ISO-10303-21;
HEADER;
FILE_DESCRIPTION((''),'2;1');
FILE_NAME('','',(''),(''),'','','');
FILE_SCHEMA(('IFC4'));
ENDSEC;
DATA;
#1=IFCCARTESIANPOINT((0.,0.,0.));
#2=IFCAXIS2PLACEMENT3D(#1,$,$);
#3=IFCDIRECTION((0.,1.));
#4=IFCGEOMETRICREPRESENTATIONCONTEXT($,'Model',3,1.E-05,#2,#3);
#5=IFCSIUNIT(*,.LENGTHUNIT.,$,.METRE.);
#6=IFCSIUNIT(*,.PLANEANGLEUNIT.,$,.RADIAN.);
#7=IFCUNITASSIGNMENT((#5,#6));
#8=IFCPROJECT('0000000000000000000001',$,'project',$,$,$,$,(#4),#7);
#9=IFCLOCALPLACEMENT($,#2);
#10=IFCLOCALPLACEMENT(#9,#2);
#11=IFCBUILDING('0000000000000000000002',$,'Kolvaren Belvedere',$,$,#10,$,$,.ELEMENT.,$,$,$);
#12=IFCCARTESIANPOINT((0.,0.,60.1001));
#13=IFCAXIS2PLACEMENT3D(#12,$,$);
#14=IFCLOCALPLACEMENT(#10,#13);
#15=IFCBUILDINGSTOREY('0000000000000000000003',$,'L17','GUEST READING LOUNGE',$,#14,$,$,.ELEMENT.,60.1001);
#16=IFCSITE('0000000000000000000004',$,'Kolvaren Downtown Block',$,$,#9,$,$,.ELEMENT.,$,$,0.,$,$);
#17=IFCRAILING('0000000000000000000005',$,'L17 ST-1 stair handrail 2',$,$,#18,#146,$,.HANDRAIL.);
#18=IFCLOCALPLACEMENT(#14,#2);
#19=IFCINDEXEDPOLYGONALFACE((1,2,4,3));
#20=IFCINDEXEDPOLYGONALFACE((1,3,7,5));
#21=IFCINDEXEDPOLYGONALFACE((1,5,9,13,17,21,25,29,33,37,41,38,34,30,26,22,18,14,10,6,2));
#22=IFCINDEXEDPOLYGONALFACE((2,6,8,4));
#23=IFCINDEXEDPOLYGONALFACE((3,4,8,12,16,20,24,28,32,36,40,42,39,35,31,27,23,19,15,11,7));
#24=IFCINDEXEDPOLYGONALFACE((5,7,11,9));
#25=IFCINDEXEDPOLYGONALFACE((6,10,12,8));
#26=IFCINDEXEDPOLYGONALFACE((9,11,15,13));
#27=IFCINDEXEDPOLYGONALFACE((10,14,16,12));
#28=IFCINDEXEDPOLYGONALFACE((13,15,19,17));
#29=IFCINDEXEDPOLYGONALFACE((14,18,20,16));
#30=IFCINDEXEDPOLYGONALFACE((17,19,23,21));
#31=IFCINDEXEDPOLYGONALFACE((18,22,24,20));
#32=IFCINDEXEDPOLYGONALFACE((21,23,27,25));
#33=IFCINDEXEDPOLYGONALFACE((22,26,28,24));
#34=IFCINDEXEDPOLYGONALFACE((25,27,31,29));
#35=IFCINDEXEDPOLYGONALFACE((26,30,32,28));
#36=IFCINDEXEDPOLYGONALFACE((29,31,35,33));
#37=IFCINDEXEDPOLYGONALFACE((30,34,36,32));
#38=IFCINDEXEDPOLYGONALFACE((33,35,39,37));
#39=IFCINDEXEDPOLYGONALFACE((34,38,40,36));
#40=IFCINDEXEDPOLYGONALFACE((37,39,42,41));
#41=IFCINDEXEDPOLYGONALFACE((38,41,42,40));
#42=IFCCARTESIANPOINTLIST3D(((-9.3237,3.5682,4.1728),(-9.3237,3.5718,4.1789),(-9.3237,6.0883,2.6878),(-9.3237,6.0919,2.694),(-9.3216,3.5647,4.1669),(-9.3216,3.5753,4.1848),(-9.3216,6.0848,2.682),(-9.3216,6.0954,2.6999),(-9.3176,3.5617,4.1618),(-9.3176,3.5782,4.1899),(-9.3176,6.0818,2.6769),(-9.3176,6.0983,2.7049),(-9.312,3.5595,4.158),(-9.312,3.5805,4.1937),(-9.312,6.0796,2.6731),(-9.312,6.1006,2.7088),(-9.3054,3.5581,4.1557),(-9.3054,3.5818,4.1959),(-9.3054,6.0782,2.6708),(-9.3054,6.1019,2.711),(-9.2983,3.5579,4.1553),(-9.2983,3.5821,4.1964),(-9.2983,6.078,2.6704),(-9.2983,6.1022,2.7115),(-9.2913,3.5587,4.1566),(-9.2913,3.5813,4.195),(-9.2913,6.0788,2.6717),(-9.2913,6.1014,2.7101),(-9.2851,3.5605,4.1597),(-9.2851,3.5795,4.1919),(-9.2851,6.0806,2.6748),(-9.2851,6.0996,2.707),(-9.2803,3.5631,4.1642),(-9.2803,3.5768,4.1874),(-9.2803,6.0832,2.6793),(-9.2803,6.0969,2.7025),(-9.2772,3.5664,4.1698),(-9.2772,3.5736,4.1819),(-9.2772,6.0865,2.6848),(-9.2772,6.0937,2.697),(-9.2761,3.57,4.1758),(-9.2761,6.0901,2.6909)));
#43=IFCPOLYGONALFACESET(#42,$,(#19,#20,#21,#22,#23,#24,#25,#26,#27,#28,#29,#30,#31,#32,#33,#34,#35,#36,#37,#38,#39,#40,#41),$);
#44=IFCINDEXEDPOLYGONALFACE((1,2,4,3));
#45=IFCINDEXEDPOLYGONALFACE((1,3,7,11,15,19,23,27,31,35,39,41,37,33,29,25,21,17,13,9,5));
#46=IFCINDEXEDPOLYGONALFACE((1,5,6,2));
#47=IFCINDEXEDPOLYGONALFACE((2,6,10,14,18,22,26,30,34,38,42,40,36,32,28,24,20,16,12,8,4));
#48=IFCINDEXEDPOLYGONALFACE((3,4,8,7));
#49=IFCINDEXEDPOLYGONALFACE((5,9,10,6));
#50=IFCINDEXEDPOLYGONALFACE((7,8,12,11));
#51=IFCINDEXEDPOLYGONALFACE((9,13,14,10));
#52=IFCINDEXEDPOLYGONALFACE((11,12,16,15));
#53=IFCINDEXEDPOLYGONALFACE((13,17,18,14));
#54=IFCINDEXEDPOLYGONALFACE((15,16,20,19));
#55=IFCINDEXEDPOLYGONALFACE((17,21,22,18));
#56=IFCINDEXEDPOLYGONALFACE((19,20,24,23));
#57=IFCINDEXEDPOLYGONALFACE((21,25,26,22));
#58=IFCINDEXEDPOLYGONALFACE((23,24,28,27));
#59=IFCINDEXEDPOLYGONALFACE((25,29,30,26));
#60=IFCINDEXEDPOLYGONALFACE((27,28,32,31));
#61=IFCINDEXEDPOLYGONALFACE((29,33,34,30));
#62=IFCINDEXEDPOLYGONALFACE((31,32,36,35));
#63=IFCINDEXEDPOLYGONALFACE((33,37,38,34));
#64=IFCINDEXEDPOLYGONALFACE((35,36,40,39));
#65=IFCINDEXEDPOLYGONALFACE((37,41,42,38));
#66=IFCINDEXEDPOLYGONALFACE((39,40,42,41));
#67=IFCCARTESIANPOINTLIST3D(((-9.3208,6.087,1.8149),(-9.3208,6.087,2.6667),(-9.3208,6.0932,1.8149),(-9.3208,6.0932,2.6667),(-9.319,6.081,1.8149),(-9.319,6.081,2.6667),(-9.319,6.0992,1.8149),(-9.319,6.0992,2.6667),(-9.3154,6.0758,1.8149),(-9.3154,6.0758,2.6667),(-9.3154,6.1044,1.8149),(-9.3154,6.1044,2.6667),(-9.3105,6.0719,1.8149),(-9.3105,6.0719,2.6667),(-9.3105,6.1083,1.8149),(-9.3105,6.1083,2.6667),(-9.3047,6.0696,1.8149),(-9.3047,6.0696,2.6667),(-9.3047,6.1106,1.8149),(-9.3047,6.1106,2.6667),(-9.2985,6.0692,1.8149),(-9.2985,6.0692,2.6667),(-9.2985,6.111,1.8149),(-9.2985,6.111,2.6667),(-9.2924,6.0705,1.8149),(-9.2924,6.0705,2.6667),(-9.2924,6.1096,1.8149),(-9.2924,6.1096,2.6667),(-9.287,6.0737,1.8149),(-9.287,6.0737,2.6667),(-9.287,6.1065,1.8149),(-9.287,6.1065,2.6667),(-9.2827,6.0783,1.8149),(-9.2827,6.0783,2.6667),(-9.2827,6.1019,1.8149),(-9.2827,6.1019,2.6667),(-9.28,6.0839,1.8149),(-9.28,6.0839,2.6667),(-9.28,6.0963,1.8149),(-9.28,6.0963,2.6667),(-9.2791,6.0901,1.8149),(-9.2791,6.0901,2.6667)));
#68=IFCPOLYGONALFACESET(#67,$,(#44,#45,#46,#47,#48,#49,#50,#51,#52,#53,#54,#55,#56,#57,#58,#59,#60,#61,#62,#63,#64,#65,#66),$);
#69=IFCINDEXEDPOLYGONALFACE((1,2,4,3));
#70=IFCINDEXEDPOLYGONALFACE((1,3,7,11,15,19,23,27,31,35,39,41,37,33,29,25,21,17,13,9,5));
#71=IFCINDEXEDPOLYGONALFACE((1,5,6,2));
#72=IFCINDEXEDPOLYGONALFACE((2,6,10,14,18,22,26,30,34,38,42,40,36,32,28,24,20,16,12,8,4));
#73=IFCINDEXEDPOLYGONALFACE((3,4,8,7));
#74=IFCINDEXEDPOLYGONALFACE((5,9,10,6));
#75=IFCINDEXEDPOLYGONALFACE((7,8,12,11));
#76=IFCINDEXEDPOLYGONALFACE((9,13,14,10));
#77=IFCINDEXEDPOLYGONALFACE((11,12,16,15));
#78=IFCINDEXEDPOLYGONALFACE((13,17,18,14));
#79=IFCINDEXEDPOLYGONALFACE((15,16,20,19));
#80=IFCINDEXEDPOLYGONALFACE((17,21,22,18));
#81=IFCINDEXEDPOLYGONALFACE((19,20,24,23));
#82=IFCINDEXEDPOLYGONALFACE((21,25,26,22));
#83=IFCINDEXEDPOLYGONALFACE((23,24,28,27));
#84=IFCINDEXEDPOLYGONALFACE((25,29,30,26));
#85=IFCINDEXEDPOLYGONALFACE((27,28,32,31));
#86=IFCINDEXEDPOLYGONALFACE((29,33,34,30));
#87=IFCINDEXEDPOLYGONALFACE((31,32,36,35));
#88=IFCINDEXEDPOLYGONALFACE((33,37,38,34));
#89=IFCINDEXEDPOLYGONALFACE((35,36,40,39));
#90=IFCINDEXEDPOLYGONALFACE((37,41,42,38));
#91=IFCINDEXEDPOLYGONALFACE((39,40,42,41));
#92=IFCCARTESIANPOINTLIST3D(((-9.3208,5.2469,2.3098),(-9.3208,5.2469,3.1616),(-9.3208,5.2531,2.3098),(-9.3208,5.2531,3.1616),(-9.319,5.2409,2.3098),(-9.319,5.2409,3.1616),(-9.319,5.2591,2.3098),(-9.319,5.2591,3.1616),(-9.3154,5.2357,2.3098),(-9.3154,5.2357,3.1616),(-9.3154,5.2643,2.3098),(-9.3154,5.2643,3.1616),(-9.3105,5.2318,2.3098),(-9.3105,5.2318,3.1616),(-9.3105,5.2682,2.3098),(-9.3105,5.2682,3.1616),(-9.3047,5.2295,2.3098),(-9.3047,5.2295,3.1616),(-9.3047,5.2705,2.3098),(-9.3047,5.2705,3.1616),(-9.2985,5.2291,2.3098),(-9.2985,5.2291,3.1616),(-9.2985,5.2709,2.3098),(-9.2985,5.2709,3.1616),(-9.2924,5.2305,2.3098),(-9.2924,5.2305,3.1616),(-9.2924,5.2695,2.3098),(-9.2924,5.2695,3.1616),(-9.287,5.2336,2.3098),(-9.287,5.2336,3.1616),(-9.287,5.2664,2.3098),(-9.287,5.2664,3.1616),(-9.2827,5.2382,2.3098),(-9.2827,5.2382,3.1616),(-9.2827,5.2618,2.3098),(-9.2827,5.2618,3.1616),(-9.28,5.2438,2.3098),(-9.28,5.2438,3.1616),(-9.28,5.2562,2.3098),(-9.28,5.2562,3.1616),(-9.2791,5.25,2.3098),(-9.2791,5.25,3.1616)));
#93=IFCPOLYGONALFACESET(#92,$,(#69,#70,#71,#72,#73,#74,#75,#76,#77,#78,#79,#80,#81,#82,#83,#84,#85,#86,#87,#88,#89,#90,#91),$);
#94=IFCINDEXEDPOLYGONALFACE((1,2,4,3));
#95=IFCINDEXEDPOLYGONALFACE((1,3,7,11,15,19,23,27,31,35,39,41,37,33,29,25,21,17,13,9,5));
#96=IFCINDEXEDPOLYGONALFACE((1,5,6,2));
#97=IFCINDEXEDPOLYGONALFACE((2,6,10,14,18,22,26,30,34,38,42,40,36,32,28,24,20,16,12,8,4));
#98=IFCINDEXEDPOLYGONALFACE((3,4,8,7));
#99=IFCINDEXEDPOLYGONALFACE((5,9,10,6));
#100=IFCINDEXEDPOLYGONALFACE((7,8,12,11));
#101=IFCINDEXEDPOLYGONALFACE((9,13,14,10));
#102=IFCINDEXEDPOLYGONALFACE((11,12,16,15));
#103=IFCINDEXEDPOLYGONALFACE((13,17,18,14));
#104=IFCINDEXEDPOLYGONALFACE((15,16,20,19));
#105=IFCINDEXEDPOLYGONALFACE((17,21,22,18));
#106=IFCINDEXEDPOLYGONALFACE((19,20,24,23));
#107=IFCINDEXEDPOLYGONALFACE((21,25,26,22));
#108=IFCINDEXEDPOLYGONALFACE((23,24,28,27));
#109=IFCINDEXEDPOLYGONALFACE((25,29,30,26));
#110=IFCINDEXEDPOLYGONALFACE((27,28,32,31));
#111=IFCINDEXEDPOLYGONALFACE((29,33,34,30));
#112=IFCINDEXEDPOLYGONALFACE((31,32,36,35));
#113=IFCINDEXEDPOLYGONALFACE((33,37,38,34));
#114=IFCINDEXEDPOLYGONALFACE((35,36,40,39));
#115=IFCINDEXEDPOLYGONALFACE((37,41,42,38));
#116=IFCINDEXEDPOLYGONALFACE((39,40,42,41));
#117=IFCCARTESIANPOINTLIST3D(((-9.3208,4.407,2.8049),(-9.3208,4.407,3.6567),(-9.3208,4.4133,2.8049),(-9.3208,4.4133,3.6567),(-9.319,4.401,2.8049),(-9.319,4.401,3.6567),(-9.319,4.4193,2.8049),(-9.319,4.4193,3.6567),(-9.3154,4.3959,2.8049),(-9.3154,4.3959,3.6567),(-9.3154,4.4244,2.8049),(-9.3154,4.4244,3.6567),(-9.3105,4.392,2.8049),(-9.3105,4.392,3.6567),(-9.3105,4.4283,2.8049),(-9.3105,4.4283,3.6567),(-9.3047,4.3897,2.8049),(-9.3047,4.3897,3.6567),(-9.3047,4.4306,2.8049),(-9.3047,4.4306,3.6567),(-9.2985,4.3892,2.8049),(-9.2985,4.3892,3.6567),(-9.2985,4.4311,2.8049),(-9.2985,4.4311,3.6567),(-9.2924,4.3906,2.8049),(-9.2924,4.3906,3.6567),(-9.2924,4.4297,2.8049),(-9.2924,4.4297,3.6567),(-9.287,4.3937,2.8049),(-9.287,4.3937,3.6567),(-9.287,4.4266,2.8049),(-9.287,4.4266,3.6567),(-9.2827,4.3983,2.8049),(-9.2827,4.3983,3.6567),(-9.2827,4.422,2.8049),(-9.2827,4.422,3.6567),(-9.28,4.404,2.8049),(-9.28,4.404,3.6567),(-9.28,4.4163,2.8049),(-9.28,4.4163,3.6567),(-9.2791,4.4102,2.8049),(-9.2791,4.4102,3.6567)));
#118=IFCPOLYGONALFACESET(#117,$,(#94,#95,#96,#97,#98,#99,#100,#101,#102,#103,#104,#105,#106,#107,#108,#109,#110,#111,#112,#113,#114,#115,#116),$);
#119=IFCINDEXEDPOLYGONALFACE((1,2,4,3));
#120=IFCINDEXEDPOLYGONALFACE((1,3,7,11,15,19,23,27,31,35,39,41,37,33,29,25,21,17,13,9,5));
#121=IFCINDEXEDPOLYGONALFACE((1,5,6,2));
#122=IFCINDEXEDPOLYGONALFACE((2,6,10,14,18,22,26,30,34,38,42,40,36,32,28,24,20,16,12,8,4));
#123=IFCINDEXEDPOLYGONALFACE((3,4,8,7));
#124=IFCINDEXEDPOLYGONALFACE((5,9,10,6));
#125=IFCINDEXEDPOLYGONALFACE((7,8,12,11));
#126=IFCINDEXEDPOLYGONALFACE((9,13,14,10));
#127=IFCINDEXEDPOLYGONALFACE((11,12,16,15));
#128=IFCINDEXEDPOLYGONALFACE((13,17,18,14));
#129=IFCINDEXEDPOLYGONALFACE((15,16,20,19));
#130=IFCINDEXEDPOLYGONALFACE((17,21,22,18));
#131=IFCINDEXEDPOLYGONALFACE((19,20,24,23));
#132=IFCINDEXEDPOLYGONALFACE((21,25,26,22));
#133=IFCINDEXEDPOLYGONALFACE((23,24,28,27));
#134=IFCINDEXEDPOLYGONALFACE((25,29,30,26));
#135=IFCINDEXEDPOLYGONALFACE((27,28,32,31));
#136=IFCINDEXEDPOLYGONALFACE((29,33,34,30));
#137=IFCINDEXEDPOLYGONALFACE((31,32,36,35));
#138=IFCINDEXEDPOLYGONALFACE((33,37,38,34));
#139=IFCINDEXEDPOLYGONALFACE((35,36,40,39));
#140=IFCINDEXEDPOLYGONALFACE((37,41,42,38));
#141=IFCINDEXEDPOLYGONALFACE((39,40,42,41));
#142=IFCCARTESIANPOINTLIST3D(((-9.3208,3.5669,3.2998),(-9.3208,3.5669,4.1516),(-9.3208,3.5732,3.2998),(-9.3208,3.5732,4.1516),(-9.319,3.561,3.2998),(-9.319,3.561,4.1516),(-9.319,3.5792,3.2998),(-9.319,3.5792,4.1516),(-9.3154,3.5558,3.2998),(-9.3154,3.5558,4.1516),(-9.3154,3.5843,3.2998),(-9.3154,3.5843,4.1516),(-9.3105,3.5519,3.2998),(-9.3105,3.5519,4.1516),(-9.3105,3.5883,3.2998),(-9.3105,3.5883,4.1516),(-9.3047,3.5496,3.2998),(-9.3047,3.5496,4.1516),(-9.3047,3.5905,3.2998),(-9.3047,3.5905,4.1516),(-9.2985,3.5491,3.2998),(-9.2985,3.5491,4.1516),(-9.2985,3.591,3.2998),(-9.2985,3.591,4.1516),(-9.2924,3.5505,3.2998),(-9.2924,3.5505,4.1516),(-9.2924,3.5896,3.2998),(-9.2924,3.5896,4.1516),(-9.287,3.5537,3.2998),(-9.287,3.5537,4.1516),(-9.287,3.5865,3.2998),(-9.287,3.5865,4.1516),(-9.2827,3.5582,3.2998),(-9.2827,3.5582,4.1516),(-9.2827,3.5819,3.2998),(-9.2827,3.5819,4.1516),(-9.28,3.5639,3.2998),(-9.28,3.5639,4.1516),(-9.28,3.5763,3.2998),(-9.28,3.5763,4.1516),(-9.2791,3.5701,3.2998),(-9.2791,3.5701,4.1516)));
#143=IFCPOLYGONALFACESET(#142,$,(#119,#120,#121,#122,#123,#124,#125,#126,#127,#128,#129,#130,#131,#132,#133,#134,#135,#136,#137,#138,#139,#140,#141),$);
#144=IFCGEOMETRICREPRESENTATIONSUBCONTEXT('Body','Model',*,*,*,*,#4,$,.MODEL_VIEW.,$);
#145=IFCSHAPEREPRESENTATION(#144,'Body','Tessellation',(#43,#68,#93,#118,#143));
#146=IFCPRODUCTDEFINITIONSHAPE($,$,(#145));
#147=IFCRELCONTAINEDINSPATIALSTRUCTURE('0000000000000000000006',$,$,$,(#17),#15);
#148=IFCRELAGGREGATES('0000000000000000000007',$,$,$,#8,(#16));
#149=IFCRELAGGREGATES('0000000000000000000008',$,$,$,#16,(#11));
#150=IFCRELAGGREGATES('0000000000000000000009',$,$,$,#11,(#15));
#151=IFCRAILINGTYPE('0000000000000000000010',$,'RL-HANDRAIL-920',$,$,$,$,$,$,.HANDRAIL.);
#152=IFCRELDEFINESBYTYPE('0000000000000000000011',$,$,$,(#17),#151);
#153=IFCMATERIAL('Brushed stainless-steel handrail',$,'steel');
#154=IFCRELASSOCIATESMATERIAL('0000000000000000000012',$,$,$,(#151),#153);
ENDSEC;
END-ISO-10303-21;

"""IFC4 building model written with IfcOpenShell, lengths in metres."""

from ifc_helpers import new_model, si_unit, direction, frame, origin, origin_2d, place, context, subcontext, project, spatial, circle, extrude, material, type_object, element, save


model = new_model("IFC4")

# Units and contexts
model_context = context("Model", 3, precision=1e-05, world=origin(), true_north=direction((0.0, 1.0)))
body_context = subcontext(model_context, "Body", "Model", "MODEL_VIEW")
ifc_project = project(units=[si_unit("LENGTHUNIT", "METRE"), si_unit("PLANEANGLEUNIT", "RADIAN")], contexts=[model_context])

# Site, building, storey
site_placement = place(None, origin())
site = spatial("IfcSite", under=ifc_project, at=site_placement, Name="Kolvaren Downtown Block", CompositionType="ELEMENT", RefElevation=0.0)
building_placement = place(site_placement, origin())
building = spatial("IfcBuilding", under=site, at=building_placement, Name="Kolvaren Belvedere", CompositionType="ELEMENT")
storey_placement = place(building_placement, frame((0.0, 0.0, 60.1001)))
storey = spatial("IfcBuildingStorey", under=building, at=storey_placement, Name="L17", Description="GUEST READING LOUNGE", CompositionType="ELEMENT", Elevation=60.1001)

# Railing
ifc_material_1 = material(Name="Brushed stainless-steel handrail", Category="steel")
railing_type_1 = type_object("IfcRailingType", Name="RL-HANDRAIL-920", PredefinedType="HANDRAIL", material=ifc_material_1)
railing_1_placement = place(storey_placement, frame((-9.3, 6.0901, 1.8149)))
element("IfcRailing", 1, at=railing_1_placement, inside=storey, type_object=railing_type_1, Name="L17 ST-1 stair handrail 2", PredefinedType="HANDRAIL", context=body_context, shape_type="SweptSolid", body=[
    extrude(circle(Radius=0.0239, at=origin_2d()), frame((0.0, 0.0, 0.876), z_axis=(0.0, -0.861561, 0.507655), x_axis=(1.0, 0.0, 0.0)), (0.0, 0.0, 1.0), 2.925),
    extrude(circle(Radius=0.021, at=origin_2d()), origin(), (0.0, 0.0, 1.0), 0.8518),
    extrude(circle(Radius=0.021, at=origin_2d()), frame((0.0, -0.8401, 0.4949)), (0.0, 0.0, 1.0), 0.8518),
    extrude(circle(Radius=0.021, at=origin_2d()), frame((0.0, -1.6799, 0.99)), (0.0, 0.0, 1.0), 0.8518),
    extrude(circle(Radius=0.021, at=origin_2d()), frame((0.0, -2.52, 1.4849)), (0.0, 0.0, 1.0), 0.8518),
])

save(model, "model.ifc")
